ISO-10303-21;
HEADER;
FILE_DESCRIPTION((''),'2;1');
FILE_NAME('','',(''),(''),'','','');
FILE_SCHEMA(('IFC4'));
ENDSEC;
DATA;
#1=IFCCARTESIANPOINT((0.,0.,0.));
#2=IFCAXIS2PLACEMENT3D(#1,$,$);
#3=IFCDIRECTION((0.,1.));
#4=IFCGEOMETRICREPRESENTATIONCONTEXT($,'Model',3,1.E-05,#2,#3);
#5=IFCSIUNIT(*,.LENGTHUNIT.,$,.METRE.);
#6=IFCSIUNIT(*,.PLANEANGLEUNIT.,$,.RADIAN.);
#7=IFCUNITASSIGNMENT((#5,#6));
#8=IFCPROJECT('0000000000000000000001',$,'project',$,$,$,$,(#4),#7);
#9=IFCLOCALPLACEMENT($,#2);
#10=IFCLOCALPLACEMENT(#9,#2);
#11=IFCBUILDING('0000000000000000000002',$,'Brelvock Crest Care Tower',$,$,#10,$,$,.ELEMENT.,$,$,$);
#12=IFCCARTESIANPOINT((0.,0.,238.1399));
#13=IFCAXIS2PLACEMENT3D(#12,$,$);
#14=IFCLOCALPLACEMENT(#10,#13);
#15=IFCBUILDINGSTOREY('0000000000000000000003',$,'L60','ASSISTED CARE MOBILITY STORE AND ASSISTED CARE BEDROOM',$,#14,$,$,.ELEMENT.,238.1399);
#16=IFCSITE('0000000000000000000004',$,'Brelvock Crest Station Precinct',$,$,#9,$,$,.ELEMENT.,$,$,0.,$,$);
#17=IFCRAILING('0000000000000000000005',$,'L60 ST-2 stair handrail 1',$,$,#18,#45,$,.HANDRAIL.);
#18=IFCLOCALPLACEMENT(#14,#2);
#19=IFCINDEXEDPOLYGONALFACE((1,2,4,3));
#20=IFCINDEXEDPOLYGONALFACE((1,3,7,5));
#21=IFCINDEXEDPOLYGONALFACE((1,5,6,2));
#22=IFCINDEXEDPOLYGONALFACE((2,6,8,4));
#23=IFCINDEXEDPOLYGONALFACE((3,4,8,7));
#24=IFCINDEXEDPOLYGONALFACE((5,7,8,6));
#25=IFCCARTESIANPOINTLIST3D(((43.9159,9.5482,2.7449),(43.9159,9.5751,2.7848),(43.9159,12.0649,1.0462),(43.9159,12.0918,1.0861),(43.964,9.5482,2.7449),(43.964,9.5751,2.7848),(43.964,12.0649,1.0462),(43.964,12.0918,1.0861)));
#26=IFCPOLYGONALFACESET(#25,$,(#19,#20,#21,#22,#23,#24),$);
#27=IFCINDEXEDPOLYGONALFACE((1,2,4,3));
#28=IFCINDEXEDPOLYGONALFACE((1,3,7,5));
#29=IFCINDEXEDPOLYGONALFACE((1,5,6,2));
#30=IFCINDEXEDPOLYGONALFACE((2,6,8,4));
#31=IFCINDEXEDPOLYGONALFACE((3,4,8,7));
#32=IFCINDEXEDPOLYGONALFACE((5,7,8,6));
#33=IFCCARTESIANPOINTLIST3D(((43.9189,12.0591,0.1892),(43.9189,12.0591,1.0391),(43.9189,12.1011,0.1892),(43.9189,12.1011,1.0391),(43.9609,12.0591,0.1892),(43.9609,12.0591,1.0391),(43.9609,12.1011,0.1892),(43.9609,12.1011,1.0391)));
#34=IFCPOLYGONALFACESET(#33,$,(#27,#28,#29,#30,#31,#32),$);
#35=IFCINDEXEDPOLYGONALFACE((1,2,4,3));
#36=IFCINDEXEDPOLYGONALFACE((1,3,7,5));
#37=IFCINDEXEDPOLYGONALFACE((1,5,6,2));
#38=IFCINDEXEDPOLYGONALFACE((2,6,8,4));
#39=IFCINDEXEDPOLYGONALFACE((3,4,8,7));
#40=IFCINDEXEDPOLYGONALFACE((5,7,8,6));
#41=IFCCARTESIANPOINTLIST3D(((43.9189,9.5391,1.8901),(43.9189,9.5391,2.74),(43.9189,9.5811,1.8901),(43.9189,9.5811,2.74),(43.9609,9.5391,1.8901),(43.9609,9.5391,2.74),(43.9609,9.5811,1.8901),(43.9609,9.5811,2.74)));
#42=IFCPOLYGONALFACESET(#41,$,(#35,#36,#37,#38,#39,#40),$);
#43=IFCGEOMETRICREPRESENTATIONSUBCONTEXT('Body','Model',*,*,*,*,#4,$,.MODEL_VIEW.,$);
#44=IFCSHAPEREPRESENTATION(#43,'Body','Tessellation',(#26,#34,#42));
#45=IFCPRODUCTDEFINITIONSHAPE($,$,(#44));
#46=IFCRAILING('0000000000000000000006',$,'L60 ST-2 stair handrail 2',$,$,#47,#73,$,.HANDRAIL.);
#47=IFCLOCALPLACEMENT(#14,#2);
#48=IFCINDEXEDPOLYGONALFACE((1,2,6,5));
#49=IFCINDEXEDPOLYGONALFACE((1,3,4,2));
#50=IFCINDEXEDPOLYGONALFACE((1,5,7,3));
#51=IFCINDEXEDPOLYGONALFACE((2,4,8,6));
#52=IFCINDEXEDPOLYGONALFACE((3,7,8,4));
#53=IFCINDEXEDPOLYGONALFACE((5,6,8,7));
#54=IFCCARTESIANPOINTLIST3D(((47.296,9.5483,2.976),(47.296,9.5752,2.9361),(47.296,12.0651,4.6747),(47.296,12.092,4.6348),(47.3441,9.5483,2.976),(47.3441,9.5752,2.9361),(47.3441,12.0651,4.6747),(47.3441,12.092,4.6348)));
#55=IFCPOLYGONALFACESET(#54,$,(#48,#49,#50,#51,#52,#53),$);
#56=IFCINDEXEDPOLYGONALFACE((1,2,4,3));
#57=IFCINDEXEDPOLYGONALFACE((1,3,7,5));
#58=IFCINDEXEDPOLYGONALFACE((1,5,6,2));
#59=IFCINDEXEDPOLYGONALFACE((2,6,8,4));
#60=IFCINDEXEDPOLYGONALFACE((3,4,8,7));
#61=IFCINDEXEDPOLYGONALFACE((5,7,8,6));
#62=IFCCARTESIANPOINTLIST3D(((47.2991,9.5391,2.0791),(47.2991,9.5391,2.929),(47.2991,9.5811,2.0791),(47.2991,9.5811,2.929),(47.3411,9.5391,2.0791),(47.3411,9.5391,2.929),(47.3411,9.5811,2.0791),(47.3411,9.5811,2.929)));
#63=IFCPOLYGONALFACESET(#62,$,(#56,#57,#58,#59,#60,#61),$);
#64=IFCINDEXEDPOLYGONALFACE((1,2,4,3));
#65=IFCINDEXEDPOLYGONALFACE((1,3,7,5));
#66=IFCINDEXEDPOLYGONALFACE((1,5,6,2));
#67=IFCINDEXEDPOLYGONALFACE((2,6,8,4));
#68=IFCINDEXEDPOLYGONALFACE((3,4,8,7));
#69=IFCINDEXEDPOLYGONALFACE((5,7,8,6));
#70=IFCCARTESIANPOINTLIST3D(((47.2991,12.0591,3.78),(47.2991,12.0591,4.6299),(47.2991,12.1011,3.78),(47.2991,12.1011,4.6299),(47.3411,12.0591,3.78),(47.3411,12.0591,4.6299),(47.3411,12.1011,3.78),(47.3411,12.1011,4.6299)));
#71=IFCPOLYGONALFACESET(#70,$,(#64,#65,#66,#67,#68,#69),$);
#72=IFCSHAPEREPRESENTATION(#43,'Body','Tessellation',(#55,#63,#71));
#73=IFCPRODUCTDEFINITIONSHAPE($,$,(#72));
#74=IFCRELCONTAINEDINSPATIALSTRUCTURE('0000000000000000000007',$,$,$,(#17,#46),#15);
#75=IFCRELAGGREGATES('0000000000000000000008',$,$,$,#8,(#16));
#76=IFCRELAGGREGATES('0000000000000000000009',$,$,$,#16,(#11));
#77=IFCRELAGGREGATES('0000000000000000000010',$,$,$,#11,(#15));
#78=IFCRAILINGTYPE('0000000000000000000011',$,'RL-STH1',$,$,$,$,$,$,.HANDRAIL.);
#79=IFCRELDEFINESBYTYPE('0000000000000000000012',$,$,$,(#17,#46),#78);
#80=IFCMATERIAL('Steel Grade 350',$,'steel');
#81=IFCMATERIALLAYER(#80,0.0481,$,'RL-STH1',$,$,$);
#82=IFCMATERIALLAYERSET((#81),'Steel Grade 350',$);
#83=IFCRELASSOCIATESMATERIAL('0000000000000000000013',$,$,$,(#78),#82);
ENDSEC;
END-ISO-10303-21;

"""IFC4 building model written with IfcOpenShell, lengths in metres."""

from ifc_helpers import new_model, si_unit, direction, frame, origin, origin_2d, place, context, subcontext, project, spatial, rectangle, extrude, material, layer, layer_set, type_object, element, save


model = new_model("IFC4")

# Units and contexts
model_context = context("Model", 3, precision=1e-05, world=origin(), true_north=direction((0.0, 1.0)))
body_context = subcontext(model_context, "Body", "Model", "MODEL_VIEW")
ifc_project = project(units=[si_unit("LENGTHUNIT", "METRE"), si_unit("PLANEANGLEUNIT", "RADIAN")], contexts=[model_context])

# Site, building, storey
site_placement = place(None, origin())
site = spatial("IfcSite", under=ifc_project, at=site_placement, Name="Brelvock Crest Station Precinct", CompositionType="ELEMENT", RefElevation=0.0)
building_placement = place(site_placement, origin())
building = spatial("IfcBuilding", under=site, at=building_placement, Name="Brelvock Crest Care Tower", CompositionType="ELEMENT")
storey_placement = place(building_placement, frame((0.0, 0.0, 238.1399)))
storey = spatial("IfcBuildingStorey", under=building, at=storey_placement, Name="L60", Description="ASSISTED CARE MOBILITY STORE AND ASSISTED CARE BEDROOM", CompositionType="ELEMENT", Elevation=238.1399)

# Shared definitions
ifc_material_1 = material(Name="Steel Grade 350", Category="steel")

# Railings
ifc_layer_1 = layer(ifc_material_1, 0.0481, Name="RL-STH1")
ifc_layer_set_1 = layer_set([ifc_layer_1], Name="Steel Grade 350")
railing_type_1 = type_object("IfcRailingType", Name="RL-STH1", PredefinedType="HANDRAIL", material=ifc_layer_set_1)
railing_1_placement = place(storey_placement, frame((43.9399, 12.0801, 0.1892)))
element("IfcRailing", 1, at=railing_1_placement, inside=storey, type_object=railing_type_1, Name="L60 ST-2 stair handrail 1", PredefinedType="HANDRAIL", context=body_context, shape_type="SweptSolid", body=[
    extrude(rectangle(XDim=0.0481, YDim=0.0481, at=origin_2d()), frame((0.0, -0.0017, 0.877), z_axis=(0.0, -0.828862, 0.559454), x_axis=(1.0, 0.0, 0.0)), (0.0, 0.0, 1.0), 3.0364),
    extrude(rectangle(XDim=0.042, YDim=0.042, at=origin_2d()), origin(), (0.0, 0.0, 1.0), 0.8499),
    extrude(rectangle(XDim=0.042, YDim=0.042, at=origin_2d()), frame((0.0, -2.52, 1.7009)), (0.0, 0.0, 1.0), 0.8499),
])
railing_2_placement = place(storey_placement, frame((47.3201, 9.5601, 2.0791)))
element("IfcRailing", 2, at=railing_2_placement, inside=storey, type_object=railing_type_1, Name="L60 ST-2 stair handrail 2", PredefinedType="HANDRAIL", context=body_context, shape_type="SweptSolid", body=[
    extrude(rectangle(XDim=0.0481, YDim=0.0481, at=origin_2d()), frame((0.0, 0.0017, 0.877), z_axis=(0.0, 0.828862, 0.559454), x_axis=(-1.0, 0.0, 0.0)), (0.0, 0.0, 1.0), 3.0364),
    extrude(rectangle(XDim=0.042, YDim=0.042, at=origin_2d()), origin(), (0.0, 0.0, 1.0), 0.8499),
    extrude(rectangle(XDim=0.042, YDim=0.042, at=origin_2d()), frame((0.0, 2.52, 1.7009)), (0.0, 0.0, 1.0), 0.8499),
])

save(model, "model.ifc")
